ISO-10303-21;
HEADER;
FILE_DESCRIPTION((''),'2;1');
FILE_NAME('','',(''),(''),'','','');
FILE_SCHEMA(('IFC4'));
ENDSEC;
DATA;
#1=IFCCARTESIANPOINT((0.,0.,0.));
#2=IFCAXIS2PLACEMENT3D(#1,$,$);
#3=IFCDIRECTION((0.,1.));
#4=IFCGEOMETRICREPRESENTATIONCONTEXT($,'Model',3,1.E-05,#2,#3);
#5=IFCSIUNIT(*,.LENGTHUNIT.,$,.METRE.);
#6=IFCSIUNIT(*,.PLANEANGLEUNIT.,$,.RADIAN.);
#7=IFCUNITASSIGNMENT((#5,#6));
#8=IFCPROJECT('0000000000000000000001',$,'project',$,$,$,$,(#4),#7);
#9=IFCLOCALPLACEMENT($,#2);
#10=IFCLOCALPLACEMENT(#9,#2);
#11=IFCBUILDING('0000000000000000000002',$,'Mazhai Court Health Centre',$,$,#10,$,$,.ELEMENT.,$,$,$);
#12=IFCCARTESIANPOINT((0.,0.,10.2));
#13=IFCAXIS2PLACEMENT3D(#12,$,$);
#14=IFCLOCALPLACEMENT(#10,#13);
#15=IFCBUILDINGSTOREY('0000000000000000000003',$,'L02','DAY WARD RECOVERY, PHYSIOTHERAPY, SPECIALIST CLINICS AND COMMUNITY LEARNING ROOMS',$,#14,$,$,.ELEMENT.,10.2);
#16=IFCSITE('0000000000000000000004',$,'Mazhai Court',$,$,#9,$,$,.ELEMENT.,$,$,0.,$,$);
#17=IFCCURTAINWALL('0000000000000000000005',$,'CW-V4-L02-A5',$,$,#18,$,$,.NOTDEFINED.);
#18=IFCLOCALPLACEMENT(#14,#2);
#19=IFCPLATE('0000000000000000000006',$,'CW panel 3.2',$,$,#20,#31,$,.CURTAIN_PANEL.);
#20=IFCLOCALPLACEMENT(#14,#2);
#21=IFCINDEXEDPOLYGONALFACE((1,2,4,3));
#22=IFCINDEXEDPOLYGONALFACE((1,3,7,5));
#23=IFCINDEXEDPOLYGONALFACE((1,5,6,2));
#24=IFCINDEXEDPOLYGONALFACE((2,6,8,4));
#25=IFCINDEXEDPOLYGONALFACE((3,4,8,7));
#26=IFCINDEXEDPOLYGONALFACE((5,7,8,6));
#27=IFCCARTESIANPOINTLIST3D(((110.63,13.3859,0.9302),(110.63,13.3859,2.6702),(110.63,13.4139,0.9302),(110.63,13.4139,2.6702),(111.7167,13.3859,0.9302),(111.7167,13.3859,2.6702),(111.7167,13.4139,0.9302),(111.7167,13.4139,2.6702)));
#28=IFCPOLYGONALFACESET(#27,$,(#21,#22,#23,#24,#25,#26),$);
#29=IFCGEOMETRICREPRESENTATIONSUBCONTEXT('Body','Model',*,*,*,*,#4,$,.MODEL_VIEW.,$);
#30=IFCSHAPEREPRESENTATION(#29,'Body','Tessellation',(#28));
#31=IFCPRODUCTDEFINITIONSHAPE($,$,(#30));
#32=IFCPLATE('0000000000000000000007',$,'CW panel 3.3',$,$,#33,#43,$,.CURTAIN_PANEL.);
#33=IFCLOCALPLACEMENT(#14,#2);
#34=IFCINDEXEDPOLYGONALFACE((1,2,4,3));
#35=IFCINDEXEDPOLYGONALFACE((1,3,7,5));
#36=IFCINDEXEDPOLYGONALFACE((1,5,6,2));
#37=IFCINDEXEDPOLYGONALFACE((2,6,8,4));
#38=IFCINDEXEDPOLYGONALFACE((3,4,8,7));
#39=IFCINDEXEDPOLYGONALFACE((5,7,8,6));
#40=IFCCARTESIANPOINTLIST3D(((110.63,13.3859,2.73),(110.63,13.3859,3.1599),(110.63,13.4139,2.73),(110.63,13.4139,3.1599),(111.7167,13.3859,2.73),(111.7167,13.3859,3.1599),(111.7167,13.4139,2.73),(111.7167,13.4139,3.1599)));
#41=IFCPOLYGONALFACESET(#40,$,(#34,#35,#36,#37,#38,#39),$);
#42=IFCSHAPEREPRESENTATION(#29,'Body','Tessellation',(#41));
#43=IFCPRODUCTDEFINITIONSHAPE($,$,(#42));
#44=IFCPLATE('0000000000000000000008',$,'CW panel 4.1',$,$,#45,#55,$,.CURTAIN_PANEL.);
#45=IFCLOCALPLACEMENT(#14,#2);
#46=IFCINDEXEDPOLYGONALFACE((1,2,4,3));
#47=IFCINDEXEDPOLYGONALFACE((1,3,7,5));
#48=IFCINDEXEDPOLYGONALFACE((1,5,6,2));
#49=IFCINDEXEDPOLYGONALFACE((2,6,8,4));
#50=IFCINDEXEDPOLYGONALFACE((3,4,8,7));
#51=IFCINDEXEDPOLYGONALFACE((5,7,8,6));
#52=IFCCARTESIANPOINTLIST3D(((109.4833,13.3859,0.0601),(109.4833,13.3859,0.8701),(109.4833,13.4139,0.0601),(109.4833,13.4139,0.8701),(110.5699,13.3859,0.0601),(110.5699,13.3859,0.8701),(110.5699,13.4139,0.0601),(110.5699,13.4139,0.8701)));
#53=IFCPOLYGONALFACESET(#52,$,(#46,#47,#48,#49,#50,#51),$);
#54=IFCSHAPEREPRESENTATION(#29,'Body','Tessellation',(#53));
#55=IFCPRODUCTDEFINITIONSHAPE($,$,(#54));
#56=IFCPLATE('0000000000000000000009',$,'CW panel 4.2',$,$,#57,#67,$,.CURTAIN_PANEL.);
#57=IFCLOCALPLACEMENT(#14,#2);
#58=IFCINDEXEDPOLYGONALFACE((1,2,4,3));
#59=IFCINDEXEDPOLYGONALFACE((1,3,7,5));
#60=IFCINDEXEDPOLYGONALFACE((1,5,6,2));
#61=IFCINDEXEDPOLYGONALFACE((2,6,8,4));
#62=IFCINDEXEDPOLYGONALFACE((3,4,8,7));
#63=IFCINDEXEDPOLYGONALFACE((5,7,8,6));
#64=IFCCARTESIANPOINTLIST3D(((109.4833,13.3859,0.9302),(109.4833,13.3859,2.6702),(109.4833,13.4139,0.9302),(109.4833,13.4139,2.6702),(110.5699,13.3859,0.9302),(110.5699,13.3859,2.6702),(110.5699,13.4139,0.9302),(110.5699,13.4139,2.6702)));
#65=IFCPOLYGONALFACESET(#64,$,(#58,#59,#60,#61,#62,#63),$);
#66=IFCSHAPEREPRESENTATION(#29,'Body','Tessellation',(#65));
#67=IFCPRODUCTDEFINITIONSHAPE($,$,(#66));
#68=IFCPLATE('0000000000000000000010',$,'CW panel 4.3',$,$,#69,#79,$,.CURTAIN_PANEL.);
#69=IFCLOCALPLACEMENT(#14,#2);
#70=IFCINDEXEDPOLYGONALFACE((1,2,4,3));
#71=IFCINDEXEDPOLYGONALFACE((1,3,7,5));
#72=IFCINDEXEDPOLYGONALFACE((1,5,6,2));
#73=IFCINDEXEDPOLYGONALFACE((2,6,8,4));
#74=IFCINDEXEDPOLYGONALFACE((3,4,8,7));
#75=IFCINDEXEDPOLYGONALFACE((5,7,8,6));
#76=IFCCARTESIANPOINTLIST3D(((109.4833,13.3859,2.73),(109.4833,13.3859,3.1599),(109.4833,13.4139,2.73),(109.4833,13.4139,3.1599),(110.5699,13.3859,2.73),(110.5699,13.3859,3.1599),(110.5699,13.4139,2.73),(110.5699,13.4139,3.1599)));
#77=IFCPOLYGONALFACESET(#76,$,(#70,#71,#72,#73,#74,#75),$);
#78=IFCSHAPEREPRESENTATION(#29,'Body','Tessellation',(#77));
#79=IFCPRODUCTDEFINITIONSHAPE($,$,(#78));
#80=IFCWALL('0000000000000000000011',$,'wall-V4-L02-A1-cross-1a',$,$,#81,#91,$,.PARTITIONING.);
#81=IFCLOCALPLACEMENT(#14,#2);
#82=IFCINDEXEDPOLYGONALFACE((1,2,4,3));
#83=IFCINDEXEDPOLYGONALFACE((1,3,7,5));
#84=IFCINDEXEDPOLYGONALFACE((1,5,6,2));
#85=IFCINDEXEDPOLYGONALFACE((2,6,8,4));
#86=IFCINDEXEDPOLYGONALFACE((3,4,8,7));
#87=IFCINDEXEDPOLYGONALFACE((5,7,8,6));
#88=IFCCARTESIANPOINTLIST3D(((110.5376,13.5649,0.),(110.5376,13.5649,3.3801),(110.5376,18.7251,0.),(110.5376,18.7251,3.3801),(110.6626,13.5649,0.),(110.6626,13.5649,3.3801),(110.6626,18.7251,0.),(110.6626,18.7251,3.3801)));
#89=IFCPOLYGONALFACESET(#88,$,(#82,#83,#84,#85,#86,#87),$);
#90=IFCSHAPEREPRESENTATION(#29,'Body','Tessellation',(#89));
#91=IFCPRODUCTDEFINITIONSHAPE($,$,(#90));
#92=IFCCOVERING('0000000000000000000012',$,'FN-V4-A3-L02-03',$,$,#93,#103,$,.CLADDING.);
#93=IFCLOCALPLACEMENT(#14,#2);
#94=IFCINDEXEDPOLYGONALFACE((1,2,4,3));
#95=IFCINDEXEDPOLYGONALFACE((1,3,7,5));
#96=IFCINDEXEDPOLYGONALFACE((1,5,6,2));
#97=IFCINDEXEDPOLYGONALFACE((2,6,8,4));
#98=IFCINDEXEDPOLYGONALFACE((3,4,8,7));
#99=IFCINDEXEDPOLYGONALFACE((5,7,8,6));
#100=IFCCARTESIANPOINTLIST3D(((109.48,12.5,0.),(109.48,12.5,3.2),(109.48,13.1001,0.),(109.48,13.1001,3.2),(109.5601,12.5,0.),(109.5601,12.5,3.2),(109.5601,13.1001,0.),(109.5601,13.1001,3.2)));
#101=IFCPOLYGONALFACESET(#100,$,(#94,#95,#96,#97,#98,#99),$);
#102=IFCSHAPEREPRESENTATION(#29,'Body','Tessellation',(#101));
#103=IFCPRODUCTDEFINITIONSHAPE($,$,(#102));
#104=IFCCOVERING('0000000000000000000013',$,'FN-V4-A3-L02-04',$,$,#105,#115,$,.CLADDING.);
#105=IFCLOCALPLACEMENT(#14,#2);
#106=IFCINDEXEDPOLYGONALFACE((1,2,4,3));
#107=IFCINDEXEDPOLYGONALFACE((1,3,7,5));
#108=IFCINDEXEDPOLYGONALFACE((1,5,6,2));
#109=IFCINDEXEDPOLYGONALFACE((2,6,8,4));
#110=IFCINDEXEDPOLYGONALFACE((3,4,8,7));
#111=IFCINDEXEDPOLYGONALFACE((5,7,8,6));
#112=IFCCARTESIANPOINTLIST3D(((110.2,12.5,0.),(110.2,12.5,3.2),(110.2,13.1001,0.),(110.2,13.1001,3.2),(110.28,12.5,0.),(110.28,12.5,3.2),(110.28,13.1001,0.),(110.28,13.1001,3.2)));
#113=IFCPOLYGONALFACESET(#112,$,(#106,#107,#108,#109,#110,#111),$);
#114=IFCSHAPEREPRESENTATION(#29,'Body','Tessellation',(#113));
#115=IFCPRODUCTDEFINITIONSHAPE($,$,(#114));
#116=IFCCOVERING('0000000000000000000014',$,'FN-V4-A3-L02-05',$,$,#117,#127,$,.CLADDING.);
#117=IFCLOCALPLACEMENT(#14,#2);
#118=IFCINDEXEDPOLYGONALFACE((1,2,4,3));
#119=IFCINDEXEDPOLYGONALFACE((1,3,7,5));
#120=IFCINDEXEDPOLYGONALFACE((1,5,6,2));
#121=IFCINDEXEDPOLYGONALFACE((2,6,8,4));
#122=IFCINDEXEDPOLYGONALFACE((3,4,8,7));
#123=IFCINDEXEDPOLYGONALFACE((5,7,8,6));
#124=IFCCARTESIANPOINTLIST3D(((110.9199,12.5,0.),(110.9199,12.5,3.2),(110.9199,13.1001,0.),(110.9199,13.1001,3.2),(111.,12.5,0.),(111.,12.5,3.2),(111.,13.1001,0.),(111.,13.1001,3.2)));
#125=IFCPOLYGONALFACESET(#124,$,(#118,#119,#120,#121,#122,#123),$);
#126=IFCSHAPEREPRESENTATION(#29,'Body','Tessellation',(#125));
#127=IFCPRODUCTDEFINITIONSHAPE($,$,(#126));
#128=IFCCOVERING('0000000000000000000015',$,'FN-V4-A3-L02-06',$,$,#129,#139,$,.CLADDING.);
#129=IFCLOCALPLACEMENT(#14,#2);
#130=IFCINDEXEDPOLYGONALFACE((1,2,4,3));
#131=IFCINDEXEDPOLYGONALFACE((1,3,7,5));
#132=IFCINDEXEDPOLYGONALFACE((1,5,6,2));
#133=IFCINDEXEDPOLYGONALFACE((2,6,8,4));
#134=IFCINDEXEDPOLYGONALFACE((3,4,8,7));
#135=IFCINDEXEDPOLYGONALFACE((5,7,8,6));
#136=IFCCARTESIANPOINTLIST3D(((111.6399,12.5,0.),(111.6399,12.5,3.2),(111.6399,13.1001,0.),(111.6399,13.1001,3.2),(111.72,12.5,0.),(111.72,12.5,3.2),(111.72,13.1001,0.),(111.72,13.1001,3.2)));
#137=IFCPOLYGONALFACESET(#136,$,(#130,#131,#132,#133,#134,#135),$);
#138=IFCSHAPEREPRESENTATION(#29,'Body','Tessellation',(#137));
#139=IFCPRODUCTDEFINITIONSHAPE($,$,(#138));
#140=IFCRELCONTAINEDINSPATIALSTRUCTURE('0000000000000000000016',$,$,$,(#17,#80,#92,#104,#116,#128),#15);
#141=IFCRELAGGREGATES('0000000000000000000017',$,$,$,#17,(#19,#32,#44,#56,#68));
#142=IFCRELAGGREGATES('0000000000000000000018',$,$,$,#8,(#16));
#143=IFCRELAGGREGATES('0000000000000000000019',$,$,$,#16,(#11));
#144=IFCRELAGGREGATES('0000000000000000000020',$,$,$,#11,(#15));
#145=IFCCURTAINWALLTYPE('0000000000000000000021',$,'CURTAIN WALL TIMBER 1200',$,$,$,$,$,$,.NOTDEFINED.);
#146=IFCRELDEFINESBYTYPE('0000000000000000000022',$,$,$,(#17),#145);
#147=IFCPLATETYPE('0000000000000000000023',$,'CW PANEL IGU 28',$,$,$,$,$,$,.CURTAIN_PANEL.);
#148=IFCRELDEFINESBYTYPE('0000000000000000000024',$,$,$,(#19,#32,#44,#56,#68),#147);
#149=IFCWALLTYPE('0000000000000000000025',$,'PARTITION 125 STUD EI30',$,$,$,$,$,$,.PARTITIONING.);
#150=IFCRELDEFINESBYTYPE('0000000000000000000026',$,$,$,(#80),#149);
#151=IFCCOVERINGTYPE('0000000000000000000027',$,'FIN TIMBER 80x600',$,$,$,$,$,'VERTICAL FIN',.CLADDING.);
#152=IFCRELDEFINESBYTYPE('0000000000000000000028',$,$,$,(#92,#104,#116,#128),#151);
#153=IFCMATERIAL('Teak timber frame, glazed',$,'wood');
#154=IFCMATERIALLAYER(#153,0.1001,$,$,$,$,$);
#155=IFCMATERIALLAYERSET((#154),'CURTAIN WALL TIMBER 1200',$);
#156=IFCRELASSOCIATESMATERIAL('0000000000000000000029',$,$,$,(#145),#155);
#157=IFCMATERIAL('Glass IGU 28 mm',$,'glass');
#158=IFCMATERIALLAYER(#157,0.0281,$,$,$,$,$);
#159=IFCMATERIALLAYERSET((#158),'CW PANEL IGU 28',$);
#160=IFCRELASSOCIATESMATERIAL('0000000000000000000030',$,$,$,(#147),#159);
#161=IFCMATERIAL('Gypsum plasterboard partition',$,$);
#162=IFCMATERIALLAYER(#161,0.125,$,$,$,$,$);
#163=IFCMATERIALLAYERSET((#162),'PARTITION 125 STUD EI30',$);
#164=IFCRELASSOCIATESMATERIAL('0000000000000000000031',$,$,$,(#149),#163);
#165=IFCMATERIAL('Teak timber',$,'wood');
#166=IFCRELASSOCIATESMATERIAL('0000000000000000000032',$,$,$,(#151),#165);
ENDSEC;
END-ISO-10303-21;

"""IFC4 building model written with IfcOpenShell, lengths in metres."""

from ifc_helpers import new_model, si_unit, direction, frame, frame_2d, origin, origin_2d, place, context, subcontext, project, spatial, rectangle, extrude, material, layer, layer_set, type_object, element, aggregate, save


model = new_model("IFC4")

# Units and contexts
model_context = context("Model", 3, precision=1e-05, world=origin(), true_north=direction((0.0, 1.0)))
body_context = subcontext(model_context, "Body", "Model", "MODEL_VIEW")
ifc_project = project(units=[si_unit("LENGTHUNIT", "METRE"), si_unit("PLANEANGLEUNIT", "RADIAN")], contexts=[model_context])

# Site, building, storey
site_placement = place(None, origin())
site = spatial("IfcSite", under=ifc_project, at=site_placement, Name="Mazhai Court", CompositionType="ELEMENT", RefElevation=0.0)
building_placement = place(site_placement, origin())
building = spatial("IfcBuilding", under=site, at=building_placement, Name="Mazhai Court Health Centre", CompositionType="ELEMENT")
storey_placement = place(building_placement, frame((0.0, 0.0, 10.2)))
storey = spatial("IfcBuildingStorey", under=building, at=storey_placement, Name="L02", Description="DAY WARD RECOVERY, PHYSIOTHERAPY, SPECIALIST CLINICS AND COMMUNITY LEARNING ROOMS", CompositionType="ELEMENT", Elevation=10.2)

# Curtain wall
ifc_material_1 = material(Name="Teak timber frame, glazed", Category="wood")
ifc_layer_1 = layer(ifc_material_1, 0.1001)
ifc_layer_set_1 = layer_set([ifc_layer_1], Name="CURTAIN WALL TIMBER 1200")
curtain_wall_type = type_object("IfcCurtainWallType", Name="CURTAIN WALL TIMBER 1200", PredefinedType="NOTDEFINED", material=ifc_layer_set_1)
curtain_wall_placement = place(storey_placement, origin())
curtain_wall = element("IfcCurtainWall", 1, at=curtain_wall_placement, inside=storey, type_object=curtain_wall_type, Name="CW-V4-L02-A5", PredefinedType="NOTDEFINED")

# Plates
ifc_material_2 = material(Name="Glass IGU 28 mm", Category="glass")
ifc_layer_2 = layer(ifc_material_2, 0.0281)
ifc_layer_set_2 = layer_set([ifc_layer_2], Name="CW PANEL IGU 28")
plate_type = type_object("IfcPlateType", Name="CW PANEL IGU 28", PredefinedType="CURTAIN_PANEL", material=ifc_layer_set_2)
plate_1_placement = place(storey_placement, frame((111.1733, 13.3999, 0.9302), z_axis=(0.0, 0.0, 1.0), x_axis=(-1.0, 0.0, 0.0)))
plate_1 = element("IfcPlate", 2, at=plate_1_placement, type_object=plate_type, Name="CW panel 3.2", PredefinedType="CURTAIN_PANEL", context=body_context, shape_type="SweptSolid", body=[
    extrude(rectangle(XDim=1.0867, YDim=0.0281, at=origin_2d()), origin(), (0.0, 0.0, 1.0), 1.74),
])
plate_2_placement = place(storey_placement, frame((111.1733, 13.3999, 2.73), z_axis=(0.0, 0.0, 1.0), x_axis=(-1.0, 0.0, 0.0)))
plate_2 = element("IfcPlate", 3, at=plate_2_placement, type_object=plate_type, Name="CW panel 3.3", PredefinedType="CURTAIN_PANEL", context=body_context, shape_type="SweptSolid", body=[
    extrude(rectangle(XDim=1.0867, YDim=0.0281, at=origin_2d()), origin(), (0.0, 0.0, 1.0), 0.4299),
])
plate_3_placement = place(storey_placement, frame((110.0266, 13.3999, 0.0601), z_axis=(0.0, 0.0, 1.0), x_axis=(-1.0, 0.0, 0.0)))
plate_3 = element("IfcPlate", 4, at=plate_3_placement, type_object=plate_type, Name="CW panel 4.1", PredefinedType="CURTAIN_PANEL", context=body_context, shape_type="SweptSolid", body=[
    extrude(rectangle(XDim=1.0867, YDim=0.0281, at=origin_2d()), origin(), (0.0, 0.0, 1.0), 0.8101),
])
plate_4_placement = place(storey_placement, frame((110.0266, 13.3999, 0.9302), z_axis=(0.0, 0.0, 1.0), x_axis=(-1.0, 0.0, 0.0)))
plate_4 = element("IfcPlate", 5, at=plate_4_placement, type_object=plate_type, Name="CW panel 4.2", PredefinedType="CURTAIN_PANEL", context=body_context, shape_type="SweptSolid", body=[
    extrude(rectangle(XDim=1.0867, YDim=0.0281, at=origin_2d()), origin(), (0.0, 0.0, 1.0), 1.74),
])
plate_5_placement = place(storey_placement, frame((110.0266, 13.3999, 2.73), z_axis=(0.0, 0.0, 1.0), x_axis=(-1.0, 0.0, 0.0)))
plate_5 = element("IfcPlate", 6, at=plate_5_placement, type_object=plate_type, Name="CW panel 4.3", PredefinedType="CURTAIN_PANEL", context=body_context, shape_type="SweptSolid", body=[
    extrude(rectangle(XDim=1.0867, YDim=0.0281, at=origin_2d()), origin(), (0.0, 0.0, 1.0), 0.4299),
])
aggregate(curtain_wall, [plate_1, plate_2, plate_3, plate_4, plate_5])

# Wall
ifc_material_3 = material(Name="Gypsum plasterboard partition")
ifc_layer_3 = layer(ifc_material_3, 0.125)
ifc_layer_set_3 = layer_set([ifc_layer_3], Name="PARTITION 125 STUD EI30")
wall_type = type_object("IfcWallType", Name="PARTITION 125 STUD EI30", PredefinedType="PARTITIONING", material=ifc_layer_set_3)
wall_placement = place(storey_placement, frame((110.6001, 13.5649, 0.0), z_axis=(0.0, 0.0, 1.0), x_axis=(0.0, 1.0, 0.0)))
element("IfcWall", 7, at=wall_placement, inside=storey, type_object=wall_type, Name="wall-V4-L02-A1-cross-1a", PredefinedType="PARTITIONING", context=body_context, shape_type="SweptSolid", body=[
    extrude(rectangle(XDim=5.1602, YDim=0.125, at=frame_2d((2.5801, 0.0))), origin(), (0.0, 0.0, 1.0), 3.3801),
])

# Coverings
ifc_material_4 = material(Name="Teak timber", Category="wood")
covering_type = type_object("IfcCoveringType", Name="FIN TIMBER 80x600", ElementType="VERTICAL FIN", PredefinedType="CLADDING", material=ifc_material_4)
for number, where, z_axis, x_axis, name in (
    (8, (109.52, 12.8, 0.0), (0.0, 0.0, 1.0), (1.0, 0.0, 0.0), "FN-V4-A3-L02-03"),
    (9, (110.24, 12.8, 0.0), (0.0, 0.0, 1.0), (1.0, 0.0, 0.0), "FN-V4-A3-L02-04"),
    (10, (110.96, 12.8, 0.0), (0.0, 0.0, 1.0), (1.0, 0.0, 0.0), "FN-V4-A3-L02-05"),
    (11, (111.6799, 12.8, 0.0), (0.0, 0.0, 1.0), (1.0, 0.0, 0.0), "FN-V4-A3-L02-06"),
):
    element("IfcCovering", number, at=place(storey_placement, frame(where, z_axis=z_axis, x_axis=x_axis)), inside=storey, type_object=covering_type, Name=name, PredefinedType="CLADDING", context=body_context, shape_type="SweptSolid", body=[
        extrude(rectangle(XDim=0.0801, YDim=0.6001, at=origin_2d()), origin(), (0.0, 0.0, 1.0), 3.2),
    ])

save(model, "model.ifc")
